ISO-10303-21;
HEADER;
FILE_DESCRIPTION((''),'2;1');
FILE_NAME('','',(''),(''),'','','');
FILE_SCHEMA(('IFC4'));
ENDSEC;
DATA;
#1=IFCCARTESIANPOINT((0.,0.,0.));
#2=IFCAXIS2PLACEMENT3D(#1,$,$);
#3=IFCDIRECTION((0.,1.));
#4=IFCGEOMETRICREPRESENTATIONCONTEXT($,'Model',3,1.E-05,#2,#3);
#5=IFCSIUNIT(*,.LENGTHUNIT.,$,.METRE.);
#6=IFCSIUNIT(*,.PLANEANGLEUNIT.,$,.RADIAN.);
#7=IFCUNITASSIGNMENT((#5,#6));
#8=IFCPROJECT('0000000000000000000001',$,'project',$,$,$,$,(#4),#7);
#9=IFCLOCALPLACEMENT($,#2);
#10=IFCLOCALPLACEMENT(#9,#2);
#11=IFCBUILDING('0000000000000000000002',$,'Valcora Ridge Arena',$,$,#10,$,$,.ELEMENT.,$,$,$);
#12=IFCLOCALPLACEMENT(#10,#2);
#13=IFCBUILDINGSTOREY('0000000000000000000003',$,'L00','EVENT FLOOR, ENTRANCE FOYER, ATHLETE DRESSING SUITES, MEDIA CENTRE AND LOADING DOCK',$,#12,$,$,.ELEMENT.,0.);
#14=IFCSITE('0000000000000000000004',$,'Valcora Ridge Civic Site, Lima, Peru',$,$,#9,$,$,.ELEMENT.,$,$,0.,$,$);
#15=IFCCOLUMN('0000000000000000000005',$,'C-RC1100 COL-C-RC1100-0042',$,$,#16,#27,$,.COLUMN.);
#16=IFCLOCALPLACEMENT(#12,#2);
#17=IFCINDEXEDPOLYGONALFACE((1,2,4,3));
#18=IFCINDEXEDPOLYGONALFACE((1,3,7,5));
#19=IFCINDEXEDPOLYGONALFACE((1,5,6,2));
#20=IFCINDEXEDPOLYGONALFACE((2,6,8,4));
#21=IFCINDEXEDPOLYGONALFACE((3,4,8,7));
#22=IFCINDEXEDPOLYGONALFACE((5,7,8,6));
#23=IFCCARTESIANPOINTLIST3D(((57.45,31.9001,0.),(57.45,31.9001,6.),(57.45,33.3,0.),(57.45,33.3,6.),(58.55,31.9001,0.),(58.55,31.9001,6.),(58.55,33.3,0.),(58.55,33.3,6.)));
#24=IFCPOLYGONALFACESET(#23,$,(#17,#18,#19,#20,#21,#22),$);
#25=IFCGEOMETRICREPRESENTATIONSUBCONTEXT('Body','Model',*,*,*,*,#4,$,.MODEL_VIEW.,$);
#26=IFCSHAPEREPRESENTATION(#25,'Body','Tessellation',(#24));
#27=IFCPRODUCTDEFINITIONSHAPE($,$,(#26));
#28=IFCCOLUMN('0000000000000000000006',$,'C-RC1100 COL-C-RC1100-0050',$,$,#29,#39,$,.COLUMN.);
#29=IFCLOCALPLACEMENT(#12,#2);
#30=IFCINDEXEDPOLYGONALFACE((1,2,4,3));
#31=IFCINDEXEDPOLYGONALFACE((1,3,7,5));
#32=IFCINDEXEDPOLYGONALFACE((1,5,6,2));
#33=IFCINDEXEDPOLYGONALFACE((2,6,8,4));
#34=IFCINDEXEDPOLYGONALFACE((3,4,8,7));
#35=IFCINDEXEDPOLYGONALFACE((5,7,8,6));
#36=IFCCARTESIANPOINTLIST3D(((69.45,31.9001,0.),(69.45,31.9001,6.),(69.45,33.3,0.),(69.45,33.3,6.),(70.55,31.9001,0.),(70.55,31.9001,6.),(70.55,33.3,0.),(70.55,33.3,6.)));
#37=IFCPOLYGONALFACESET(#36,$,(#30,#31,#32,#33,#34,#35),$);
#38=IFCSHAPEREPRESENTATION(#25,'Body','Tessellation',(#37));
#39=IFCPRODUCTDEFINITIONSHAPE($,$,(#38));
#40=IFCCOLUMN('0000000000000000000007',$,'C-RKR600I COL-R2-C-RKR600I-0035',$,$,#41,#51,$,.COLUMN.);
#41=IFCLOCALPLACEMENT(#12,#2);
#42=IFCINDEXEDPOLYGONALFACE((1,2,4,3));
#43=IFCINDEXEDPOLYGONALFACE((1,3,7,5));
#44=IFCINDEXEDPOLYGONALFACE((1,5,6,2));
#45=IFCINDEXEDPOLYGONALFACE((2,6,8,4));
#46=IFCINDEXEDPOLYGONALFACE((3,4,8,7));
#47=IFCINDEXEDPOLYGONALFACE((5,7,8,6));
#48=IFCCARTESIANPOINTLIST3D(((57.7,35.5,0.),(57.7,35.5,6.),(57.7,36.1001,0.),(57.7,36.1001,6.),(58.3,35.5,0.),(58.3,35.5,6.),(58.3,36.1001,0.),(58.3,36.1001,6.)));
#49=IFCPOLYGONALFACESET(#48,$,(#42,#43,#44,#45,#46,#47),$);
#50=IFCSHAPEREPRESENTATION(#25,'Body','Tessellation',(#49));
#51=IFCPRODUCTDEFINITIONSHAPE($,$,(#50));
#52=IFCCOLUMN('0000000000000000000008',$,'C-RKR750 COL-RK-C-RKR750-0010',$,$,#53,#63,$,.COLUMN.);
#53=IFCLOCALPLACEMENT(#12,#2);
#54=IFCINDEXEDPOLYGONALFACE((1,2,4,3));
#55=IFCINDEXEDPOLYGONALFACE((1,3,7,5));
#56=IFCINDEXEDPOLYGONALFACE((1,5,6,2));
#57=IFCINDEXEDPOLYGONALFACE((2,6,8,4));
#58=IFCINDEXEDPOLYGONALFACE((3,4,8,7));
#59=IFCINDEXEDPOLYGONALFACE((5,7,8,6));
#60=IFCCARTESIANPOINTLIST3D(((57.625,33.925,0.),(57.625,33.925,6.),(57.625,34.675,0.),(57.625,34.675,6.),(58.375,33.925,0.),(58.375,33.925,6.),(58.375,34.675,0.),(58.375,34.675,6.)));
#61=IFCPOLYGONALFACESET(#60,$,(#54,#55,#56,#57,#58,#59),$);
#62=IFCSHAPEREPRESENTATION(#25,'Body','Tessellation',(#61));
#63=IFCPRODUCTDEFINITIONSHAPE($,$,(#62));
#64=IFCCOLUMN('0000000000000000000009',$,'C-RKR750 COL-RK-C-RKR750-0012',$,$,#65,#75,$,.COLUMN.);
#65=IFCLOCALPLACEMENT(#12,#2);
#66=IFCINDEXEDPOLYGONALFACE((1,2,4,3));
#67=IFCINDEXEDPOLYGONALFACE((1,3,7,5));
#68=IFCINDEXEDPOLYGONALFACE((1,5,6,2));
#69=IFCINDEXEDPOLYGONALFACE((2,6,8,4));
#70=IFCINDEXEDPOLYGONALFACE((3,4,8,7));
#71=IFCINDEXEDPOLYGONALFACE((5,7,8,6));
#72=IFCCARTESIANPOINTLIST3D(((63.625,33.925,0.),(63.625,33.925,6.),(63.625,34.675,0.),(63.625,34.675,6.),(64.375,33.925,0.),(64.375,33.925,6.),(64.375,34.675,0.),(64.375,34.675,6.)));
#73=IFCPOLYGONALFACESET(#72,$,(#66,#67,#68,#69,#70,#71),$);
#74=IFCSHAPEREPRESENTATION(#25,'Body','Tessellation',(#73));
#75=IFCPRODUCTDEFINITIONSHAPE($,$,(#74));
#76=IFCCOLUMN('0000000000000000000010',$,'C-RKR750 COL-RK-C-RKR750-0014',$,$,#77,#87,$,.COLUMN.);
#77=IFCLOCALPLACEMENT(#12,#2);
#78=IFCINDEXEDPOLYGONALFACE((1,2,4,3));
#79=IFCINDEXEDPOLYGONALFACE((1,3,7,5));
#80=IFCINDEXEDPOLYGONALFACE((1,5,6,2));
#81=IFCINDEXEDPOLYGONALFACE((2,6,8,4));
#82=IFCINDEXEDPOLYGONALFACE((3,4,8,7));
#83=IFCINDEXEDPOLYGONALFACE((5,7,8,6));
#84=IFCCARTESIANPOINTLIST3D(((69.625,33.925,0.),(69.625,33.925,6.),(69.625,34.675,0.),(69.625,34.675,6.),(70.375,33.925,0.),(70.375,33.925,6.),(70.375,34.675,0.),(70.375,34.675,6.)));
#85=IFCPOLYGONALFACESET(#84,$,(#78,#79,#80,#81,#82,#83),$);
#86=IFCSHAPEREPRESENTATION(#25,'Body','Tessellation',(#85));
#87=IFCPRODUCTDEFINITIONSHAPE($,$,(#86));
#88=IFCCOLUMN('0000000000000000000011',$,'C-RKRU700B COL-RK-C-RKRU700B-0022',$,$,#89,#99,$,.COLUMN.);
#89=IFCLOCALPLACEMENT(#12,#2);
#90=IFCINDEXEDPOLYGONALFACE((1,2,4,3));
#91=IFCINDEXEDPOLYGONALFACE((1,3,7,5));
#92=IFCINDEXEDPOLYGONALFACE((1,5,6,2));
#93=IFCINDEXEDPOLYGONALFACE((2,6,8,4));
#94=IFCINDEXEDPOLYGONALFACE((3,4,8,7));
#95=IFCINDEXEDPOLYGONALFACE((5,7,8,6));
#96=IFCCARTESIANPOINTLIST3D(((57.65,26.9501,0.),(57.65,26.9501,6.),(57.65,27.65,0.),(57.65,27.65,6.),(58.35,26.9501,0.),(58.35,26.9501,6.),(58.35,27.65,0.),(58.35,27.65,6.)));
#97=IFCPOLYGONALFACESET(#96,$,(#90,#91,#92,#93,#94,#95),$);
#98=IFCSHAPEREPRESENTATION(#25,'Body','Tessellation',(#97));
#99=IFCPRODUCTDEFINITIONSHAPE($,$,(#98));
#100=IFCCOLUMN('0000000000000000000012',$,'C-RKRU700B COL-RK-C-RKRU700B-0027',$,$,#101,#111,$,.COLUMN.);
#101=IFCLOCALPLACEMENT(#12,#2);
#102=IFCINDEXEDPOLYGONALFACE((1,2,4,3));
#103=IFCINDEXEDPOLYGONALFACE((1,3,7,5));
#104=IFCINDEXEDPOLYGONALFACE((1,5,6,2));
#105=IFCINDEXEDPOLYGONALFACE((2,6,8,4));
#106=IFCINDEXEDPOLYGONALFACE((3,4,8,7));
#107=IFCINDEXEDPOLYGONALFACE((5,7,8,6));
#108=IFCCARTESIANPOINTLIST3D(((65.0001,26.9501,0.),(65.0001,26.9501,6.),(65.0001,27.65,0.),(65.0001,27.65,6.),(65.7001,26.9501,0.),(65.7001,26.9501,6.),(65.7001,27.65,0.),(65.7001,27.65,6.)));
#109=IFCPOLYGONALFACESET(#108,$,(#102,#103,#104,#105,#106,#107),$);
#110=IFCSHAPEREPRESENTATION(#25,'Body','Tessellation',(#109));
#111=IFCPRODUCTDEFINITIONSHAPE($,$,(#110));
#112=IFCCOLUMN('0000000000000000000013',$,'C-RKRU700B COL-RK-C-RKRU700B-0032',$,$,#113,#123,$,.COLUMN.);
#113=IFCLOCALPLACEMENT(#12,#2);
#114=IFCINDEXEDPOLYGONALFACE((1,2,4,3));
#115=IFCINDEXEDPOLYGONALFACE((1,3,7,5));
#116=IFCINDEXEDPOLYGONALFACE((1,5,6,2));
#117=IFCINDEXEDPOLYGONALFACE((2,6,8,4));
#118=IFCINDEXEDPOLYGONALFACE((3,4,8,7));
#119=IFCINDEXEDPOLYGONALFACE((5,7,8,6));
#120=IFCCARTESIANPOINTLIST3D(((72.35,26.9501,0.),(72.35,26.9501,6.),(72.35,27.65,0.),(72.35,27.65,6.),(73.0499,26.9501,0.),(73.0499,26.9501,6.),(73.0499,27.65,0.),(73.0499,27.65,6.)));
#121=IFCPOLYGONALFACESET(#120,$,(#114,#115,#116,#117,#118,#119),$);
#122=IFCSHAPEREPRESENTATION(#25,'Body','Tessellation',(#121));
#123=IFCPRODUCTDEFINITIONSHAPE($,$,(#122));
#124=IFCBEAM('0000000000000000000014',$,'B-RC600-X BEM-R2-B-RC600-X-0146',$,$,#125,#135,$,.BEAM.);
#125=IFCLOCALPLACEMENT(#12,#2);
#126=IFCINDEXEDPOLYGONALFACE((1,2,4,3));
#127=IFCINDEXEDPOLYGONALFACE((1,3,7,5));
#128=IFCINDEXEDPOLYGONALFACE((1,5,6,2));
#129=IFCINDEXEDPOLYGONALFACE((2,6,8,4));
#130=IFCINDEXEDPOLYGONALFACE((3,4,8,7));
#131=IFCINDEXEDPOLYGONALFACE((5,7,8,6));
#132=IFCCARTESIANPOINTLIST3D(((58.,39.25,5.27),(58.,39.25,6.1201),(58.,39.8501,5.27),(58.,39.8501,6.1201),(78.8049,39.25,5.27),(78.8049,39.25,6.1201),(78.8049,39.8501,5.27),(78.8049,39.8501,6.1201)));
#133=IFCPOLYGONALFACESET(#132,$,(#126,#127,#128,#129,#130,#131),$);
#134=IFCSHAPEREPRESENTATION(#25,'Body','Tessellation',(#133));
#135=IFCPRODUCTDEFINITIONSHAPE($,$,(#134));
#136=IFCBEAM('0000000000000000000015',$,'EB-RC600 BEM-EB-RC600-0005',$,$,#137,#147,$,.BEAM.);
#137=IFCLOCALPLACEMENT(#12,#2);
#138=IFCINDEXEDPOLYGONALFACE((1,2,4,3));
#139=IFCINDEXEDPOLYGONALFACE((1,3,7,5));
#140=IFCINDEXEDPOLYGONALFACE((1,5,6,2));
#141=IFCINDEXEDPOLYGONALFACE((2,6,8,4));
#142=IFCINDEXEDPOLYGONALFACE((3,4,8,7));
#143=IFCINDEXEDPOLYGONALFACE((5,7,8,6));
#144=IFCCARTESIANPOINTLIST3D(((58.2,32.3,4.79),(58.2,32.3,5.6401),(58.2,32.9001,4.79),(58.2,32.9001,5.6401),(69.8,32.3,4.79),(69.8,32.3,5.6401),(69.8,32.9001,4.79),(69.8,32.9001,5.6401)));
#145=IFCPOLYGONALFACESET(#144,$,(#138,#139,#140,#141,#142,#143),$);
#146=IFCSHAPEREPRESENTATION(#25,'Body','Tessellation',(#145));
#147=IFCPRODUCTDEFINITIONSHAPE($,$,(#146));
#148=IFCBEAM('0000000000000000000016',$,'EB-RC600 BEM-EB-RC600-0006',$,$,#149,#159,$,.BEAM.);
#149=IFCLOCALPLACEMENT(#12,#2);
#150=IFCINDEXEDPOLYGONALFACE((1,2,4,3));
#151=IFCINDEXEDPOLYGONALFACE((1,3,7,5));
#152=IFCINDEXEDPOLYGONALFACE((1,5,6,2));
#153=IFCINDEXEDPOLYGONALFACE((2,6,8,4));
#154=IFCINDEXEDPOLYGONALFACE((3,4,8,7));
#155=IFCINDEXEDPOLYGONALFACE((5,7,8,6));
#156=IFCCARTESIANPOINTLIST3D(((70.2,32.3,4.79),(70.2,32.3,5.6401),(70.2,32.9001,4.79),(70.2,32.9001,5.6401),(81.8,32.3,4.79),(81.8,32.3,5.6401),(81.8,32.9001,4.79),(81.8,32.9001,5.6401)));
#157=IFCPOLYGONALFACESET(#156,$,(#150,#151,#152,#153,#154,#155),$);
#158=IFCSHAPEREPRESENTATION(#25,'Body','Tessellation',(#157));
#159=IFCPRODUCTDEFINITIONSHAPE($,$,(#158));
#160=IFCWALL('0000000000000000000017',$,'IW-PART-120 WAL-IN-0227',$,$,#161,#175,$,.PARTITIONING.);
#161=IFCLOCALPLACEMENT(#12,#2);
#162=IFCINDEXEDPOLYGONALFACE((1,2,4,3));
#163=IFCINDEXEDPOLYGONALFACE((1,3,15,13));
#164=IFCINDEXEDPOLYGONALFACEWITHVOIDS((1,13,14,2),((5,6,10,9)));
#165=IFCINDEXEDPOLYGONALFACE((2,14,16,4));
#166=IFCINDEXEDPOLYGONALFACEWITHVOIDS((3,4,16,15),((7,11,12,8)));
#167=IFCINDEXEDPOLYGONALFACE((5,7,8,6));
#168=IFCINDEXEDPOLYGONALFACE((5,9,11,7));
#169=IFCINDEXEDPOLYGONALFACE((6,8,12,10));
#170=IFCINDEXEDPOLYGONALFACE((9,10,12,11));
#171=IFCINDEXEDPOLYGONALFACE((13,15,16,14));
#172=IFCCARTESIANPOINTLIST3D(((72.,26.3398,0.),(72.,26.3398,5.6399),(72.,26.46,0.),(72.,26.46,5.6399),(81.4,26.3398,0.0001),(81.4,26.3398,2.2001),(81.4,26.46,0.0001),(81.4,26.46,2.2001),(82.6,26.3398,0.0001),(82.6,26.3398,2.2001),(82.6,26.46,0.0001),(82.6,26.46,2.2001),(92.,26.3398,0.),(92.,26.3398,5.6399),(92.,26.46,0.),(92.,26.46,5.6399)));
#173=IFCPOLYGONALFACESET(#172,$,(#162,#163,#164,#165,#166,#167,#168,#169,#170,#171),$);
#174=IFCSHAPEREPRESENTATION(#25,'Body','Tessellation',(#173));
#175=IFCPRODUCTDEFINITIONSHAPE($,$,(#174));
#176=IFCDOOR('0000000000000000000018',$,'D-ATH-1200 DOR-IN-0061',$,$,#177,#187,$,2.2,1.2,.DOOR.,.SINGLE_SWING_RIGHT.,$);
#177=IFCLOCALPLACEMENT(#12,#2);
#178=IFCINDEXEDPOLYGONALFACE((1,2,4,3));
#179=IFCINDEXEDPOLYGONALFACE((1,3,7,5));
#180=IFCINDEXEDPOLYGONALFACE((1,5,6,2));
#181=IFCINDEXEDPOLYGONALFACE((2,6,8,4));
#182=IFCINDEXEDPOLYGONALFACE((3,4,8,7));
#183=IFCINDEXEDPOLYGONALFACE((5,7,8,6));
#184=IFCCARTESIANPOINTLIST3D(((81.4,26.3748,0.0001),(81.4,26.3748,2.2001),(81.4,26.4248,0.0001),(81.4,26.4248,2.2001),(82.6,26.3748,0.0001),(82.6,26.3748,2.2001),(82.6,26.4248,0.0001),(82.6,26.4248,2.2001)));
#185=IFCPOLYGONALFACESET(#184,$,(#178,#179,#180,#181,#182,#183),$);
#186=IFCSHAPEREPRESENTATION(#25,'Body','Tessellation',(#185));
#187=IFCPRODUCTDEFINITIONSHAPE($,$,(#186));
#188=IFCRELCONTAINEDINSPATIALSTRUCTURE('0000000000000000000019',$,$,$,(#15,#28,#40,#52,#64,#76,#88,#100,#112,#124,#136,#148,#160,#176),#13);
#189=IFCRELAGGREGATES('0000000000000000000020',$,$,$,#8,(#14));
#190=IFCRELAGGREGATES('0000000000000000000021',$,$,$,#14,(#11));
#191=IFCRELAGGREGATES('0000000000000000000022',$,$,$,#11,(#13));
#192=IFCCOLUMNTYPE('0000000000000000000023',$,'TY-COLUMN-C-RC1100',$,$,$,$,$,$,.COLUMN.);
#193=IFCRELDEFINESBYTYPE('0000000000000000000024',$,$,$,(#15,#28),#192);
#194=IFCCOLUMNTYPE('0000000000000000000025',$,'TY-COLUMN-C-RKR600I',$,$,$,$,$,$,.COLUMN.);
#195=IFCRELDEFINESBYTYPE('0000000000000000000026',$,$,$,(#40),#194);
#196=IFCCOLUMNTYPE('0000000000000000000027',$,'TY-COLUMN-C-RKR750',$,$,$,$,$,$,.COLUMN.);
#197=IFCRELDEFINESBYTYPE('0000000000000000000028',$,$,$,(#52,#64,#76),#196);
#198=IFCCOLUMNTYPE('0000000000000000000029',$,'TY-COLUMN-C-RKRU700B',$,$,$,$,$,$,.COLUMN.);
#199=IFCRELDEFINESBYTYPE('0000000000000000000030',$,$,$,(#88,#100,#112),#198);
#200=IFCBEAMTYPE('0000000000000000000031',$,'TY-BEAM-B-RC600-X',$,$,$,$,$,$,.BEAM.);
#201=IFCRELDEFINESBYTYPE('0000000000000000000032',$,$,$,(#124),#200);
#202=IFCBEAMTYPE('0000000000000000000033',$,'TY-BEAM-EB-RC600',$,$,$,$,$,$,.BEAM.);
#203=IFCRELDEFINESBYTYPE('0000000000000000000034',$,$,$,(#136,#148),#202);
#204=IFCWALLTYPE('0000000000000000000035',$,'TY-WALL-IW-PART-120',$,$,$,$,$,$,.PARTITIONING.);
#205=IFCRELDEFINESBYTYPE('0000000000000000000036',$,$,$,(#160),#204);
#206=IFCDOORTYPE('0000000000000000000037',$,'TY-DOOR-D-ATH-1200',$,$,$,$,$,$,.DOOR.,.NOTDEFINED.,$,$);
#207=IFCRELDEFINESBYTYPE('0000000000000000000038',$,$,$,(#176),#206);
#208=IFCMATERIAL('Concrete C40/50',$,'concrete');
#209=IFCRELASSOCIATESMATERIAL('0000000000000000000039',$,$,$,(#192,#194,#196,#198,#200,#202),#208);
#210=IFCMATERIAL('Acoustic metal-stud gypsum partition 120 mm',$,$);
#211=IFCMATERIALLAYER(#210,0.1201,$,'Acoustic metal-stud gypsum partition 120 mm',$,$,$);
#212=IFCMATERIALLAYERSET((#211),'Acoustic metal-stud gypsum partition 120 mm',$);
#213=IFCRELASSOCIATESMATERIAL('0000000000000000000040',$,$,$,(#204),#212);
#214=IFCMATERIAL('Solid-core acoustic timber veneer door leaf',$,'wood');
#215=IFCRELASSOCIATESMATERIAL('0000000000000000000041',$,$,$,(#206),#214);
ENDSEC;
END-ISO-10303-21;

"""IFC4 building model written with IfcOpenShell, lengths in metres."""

from ifc_helpers import new_model, si_unit, direction, frame, frame_2d, origin, origin_2d, place, context, subcontext, project, spatial, rectangle, extrude, material, layer, layer_set, material_profile, profile_set, type_object, element, fill, save


model = new_model("IFC4")

# Units and contexts
model_context = context("Model", 3, precision=1e-05, world=origin(), true_north=direction((0.0, 1.0)))
body_context = subcontext(model_context, "Body", "Model", "MODEL_VIEW")
ifc_project = project(units=[si_unit("LENGTHUNIT", "METRE"), si_unit("PLANEANGLEUNIT", "RADIAN")], contexts=[model_context])

# Site, building, storey
site_placement = place(None, origin())
site = spatial("IfcSite", under=ifc_project, at=site_placement, Name="Valcora Ridge Civic Site, Lima, Peru", CompositionType="ELEMENT", RefElevation=0.0)
building_placement = place(site_placement, origin())
building = spatial("IfcBuilding", under=site, at=building_placement, Name="Valcora Ridge Arena", CompositionType="ELEMENT")
storey_placement = place(building_placement, origin())
storey = spatial("IfcBuildingStorey", under=building, at=storey_placement, Name="L00", Description="EVENT FLOOR, ENTRANCE FOYER, ATHLETE DRESSING SUITES, MEDIA CENTRE AND LOADING DOCK", CompositionType="ELEMENT", Elevation=0.0)

# Columns
ifc_material_1 = material(Name="Concrete C40/50", Category="concrete")
ifc_material_profile_1 = material_profile(ifc_material_1, rectangle(XDim=1.1001, YDim=1.3999, at=origin_2d()), Name="RC 1100x1400")
ifc_profile_set_1 = profile_set([ifc_material_profile_1], Name="Concrete C40/50")
column_type_1 = type_object("IfcColumnType", Name="TY-COLUMN-C-RC1100", PredefinedType="COLUMN", material=ifc_profile_set_1)
for number, where, z_axis, x_axis, name in (
    (1, (58.0, 32.6001, 0.0), (0.0, 0.0, 1.0), (1.0, 0.0, 0.0), "C-RC1100 COL-C-RC1100-0042"),
    (2, (70.0, 32.6001, 0.0), (0.0, 0.0, 1.0), (1.0, 0.0, 0.0), "C-RC1100 COL-C-RC1100-0050"),
):
    element("IfcColumn", number, at=place(storey_placement, frame(where, z_axis=z_axis, x_axis=x_axis)), inside=storey, type_object=column_type_1, Name=name, PredefinedType="COLUMN", context=body_context, shape_type="SweptSolid", body=[
        extrude(rectangle(XDim=1.1001, YDim=1.3999, at=origin_2d()), origin(), (0.0, 0.0, 1.0), 6.0),
    ])
ifc_material_profile_2 = material_profile(ifc_material_1, rectangle(XDim=0.6001, YDim=0.6001, at=origin_2d()), Name="RC 600x600")
ifc_profile_set_2 = profile_set([ifc_material_profile_2], Name="Concrete C40/50")
column_type_2 = type_object("IfcColumnType", Name="TY-COLUMN-C-RKR600I", PredefinedType="COLUMN", material=ifc_profile_set_2)
column_placement = place(storey_placement, frame((58.0, 35.8, 0.0), z_axis=(0.0, 0.0, 1.0), x_axis=(1.0, 0.0, 0.0)))
element("IfcColumn", 3, at=column_placement, inside=storey, type_object=column_type_2, Name="C-RKR600I COL-R2-C-RKR600I-0035", PredefinedType="COLUMN", context=body_context, shape_type="SweptSolid", body=[
    extrude(rectangle(XDim=0.6001, YDim=0.6001, at=origin_2d()), origin(), (0.0, 0.0, 1.0), 6.0),
])
ifc_material_profile_3 = material_profile(ifc_material_1, rectangle(XDim=0.75, YDim=0.75, at=origin_2d()), Name="RC 750x750")
ifc_profile_set_3 = profile_set([ifc_material_profile_3], Name="Concrete C40/50")
column_type_3 = type_object("IfcColumnType", Name="TY-COLUMN-C-RKR750", PredefinedType="COLUMN", material=ifc_profile_set_3)
for number, where, z_axis, x_axis, name in (
    (4, (58.0, 34.3, 0.0), (0.0, 0.0, 1.0), (1.0, 0.0, 0.0), "C-RKR750 COL-RK-C-RKR750-0010"),
    (5, (64.0, 34.3, 0.0), (0.0, 0.0, 1.0), (1.0, 0.0, 0.0), "C-RKR750 COL-RK-C-RKR750-0012"),
    (6, (70.0, 34.3, 0.0), (0.0, 0.0, 1.0), (1.0, 0.0, 0.0), "C-RKR750 COL-RK-C-RKR750-0014"),
):
    element("IfcColumn", number, at=place(storey_placement, frame(where, z_axis=z_axis, x_axis=x_axis)), inside=storey, type_object=column_type_3, Name=name, PredefinedType="COLUMN", context=body_context, shape_type="SweptSolid", body=[
        extrude(rectangle(XDim=0.75, YDim=0.75, at=origin_2d()), origin(), (0.0, 0.0, 1.0), 6.0),
    ])
ifc_material_profile_4 = material_profile(ifc_material_1, rectangle(XDim=0.7, YDim=0.7, at=origin_2d()), Name="RC 700x700")
ifc_profile_set_4 = profile_set([ifc_material_profile_4], Name="Concrete C40/50")
column_type_4 = type_object("IfcColumnType", Name="TY-COLUMN-C-RKRU700B", PredefinedType="COLUMN", material=ifc_profile_set_4)
for number, where, z_axis, x_axis, name in (
    (7, (58.0, 27.3, 0.0), (0.0, 0.0, 1.0), (1.0, 0.0, 0.0), "C-RKRU700B COL-RK-C-RKRU700B-0022"),
    (8, (65.3501, 27.3, 0.0), (0.0, 0.0, 1.0), (1.0, 0.0, 0.0), "C-RKRU700B COL-RK-C-RKRU700B-0027"),
    (9, (72.7, 27.3, 0.0), (0.0, 0.0, 1.0), (1.0, 0.0, 0.0), "C-RKRU700B COL-RK-C-RKRU700B-0032"),
):
    element("IfcColumn", number, at=place(storey_placement, frame(where, z_axis=z_axis, x_axis=x_axis)), inside=storey, type_object=column_type_4, Name=name, PredefinedType="COLUMN", context=body_context, shape_type="SweptSolid", body=[
        extrude(rectangle(XDim=0.7, YDim=0.7, at=origin_2d()), origin(), (0.0, 0.0, 1.0), 6.0),
    ])

# Beams
ifc_material_profile_5 = material_profile(ifc_material_1, rectangle(XDim=0.6001, YDim=0.8501, at=origin_2d()), Name="RC 600x850")
ifc_profile_set_5 = profile_set([ifc_material_profile_5], Name="Concrete C40/50")
beam_type_1 = type_object("IfcBeamType", Name="TY-BEAM-B-RC600-X", PredefinedType="BEAM", material=ifc_profile_set_5)
beam_placement = place(storey_placement, frame((58.0, 39.55, 5.6951), z_axis=(1.0, 0.0, 0.0), x_axis=(0.0, 1.0, 0.0)))
element("IfcBeam", 10, at=beam_placement, inside=storey, type_object=beam_type_1, Name="B-RC600-X BEM-R2-B-RC600-X-0146", PredefinedType="BEAM", context=body_context, shape_type="SweptSolid", body=[
    extrude(rectangle(XDim=0.6001, YDim=0.8501, at=origin_2d()), origin(), (0.0, 0.0, 1.0), 20.8049),
])
ifc_material_profile_6 = material_profile(ifc_material_1, rectangle(XDim=0.6001, YDim=0.8501, at=origin_2d()), Name="RC 600x850")
ifc_profile_set_6 = profile_set([ifc_material_profile_6], Name="Concrete C40/50")
beam_type_2 = type_object("IfcBeamType", Name="TY-BEAM-EB-RC600", PredefinedType="BEAM", material=ifc_profile_set_6)
for number, where, z_axis, x_axis, name in (
    (11, (58.2, 32.6001, 5.2151), (1.0, 0.0, 0.0), (0.0, 1.0, 0.0), "EB-RC600 BEM-EB-RC600-0005"),
    (12, (70.2, 32.6001, 5.2151), (1.0, 0.0, 0.0), (0.0, 1.0, 0.0), "EB-RC600 BEM-EB-RC600-0006"),
):
    element("IfcBeam", number, at=place(storey_placement, frame(where, z_axis=z_axis, x_axis=x_axis)), inside=storey, type_object=beam_type_2, Name=name, PredefinedType="BEAM", context=body_context, shape_type="SweptSolid", body=[
        extrude(rectangle(XDim=0.6001, YDim=0.8501, at=origin_2d()), origin(), (0.0, 0.0, 1.0), 11.6001),
    ])

# Wall, opening, door
ifc_material_2 = material(Name="Acoustic metal-stud gypsum partition 120 mm")
ifc_layer_1 = layer(ifc_material_2, 0.1201, Name="Acoustic metal-stud gypsum partition 120 mm")
ifc_layer_set_1 = layer_set([ifc_layer_1], Name="Acoustic metal-stud gypsum partition 120 mm")
wall_type_1 = type_object("IfcWallType", Name="TY-WALL-IW-PART-120", PredefinedType="PARTITIONING", material=ifc_layer_set_1)
wall_1_placement = place(storey_placement, frame((72.0, 26.3999, 0.0), z_axis=(0.0, 0.0, 1.0), x_axis=(1.0, 0.0, 0.0)))
wall_1 = element("IfcWall", 13, at=wall_1_placement, inside=storey, type_object=wall_type_1, Name="IW-PART-120 WAL-IN-0227", PredefinedType="PARTITIONING", context=body_context, shape_type="SweptSolid", body=[
    extrude(rectangle(XDim=20.0, YDim=0.1201, at=frame_2d((10.0, 0.0))), origin(), (0.0, 0.0, 1.0), 5.6399),
])
opening_1_placement = place(wall_1_placement, frame((9.3999, 0.0, 0.0)))
opening_1 = element("IfcOpeningElement", 14, at=opening_1_placement, cuts=wall_1, PredefinedType="OPENING", context=body_context, shape_type="SweptSolid", body=[
    extrude(rectangle(XDim=1.2, YDim=2.2, at=frame_2d((0.6001, 1.1001))), frame((0.0, 0.0701, 0.0), z_axis=(0.0, -1.0, 0.0), x_axis=(1.0, 0.0, 0.0)), (0.0, 0.0, 1.0), 0.1401),
])
ifc_material_3 = material(Name="Solid-core acoustic timber veneer door leaf", Category="wood")
door_type_1 = type_object("IfcDoorType", Name="TY-DOOR-D-ATH-1200", OperationType="NOTDEFINED", PredefinedType="DOOR", material=ifc_material_3)
door_1_placement = place(opening_1_placement, origin())
door_1 = element("IfcDoor", 15, at=door_1_placement, inside=storey, type_object=door_type_1, Name="D-ATH-1200 DOR-IN-0061", OperationType="SINGLE_SWING_RIGHT", OverallHeight=2.2, OverallWidth=1.2, PredefinedType="DOOR", context=body_context, shape_type="SweptSolid", body=[
    extrude(rectangle(XDim=1.2, YDim=2.2, at=frame_2d((0.6001, 1.1001))), frame((0.0, 0.0249, 0.0), z_axis=(0.0, -1.0, 0.0), x_axis=(1.0, 0.0, 0.0)), (0.0, 0.0, 1.0), 0.05),
])
fill(opening_1, door_1)

save(model, "model.ifc")
